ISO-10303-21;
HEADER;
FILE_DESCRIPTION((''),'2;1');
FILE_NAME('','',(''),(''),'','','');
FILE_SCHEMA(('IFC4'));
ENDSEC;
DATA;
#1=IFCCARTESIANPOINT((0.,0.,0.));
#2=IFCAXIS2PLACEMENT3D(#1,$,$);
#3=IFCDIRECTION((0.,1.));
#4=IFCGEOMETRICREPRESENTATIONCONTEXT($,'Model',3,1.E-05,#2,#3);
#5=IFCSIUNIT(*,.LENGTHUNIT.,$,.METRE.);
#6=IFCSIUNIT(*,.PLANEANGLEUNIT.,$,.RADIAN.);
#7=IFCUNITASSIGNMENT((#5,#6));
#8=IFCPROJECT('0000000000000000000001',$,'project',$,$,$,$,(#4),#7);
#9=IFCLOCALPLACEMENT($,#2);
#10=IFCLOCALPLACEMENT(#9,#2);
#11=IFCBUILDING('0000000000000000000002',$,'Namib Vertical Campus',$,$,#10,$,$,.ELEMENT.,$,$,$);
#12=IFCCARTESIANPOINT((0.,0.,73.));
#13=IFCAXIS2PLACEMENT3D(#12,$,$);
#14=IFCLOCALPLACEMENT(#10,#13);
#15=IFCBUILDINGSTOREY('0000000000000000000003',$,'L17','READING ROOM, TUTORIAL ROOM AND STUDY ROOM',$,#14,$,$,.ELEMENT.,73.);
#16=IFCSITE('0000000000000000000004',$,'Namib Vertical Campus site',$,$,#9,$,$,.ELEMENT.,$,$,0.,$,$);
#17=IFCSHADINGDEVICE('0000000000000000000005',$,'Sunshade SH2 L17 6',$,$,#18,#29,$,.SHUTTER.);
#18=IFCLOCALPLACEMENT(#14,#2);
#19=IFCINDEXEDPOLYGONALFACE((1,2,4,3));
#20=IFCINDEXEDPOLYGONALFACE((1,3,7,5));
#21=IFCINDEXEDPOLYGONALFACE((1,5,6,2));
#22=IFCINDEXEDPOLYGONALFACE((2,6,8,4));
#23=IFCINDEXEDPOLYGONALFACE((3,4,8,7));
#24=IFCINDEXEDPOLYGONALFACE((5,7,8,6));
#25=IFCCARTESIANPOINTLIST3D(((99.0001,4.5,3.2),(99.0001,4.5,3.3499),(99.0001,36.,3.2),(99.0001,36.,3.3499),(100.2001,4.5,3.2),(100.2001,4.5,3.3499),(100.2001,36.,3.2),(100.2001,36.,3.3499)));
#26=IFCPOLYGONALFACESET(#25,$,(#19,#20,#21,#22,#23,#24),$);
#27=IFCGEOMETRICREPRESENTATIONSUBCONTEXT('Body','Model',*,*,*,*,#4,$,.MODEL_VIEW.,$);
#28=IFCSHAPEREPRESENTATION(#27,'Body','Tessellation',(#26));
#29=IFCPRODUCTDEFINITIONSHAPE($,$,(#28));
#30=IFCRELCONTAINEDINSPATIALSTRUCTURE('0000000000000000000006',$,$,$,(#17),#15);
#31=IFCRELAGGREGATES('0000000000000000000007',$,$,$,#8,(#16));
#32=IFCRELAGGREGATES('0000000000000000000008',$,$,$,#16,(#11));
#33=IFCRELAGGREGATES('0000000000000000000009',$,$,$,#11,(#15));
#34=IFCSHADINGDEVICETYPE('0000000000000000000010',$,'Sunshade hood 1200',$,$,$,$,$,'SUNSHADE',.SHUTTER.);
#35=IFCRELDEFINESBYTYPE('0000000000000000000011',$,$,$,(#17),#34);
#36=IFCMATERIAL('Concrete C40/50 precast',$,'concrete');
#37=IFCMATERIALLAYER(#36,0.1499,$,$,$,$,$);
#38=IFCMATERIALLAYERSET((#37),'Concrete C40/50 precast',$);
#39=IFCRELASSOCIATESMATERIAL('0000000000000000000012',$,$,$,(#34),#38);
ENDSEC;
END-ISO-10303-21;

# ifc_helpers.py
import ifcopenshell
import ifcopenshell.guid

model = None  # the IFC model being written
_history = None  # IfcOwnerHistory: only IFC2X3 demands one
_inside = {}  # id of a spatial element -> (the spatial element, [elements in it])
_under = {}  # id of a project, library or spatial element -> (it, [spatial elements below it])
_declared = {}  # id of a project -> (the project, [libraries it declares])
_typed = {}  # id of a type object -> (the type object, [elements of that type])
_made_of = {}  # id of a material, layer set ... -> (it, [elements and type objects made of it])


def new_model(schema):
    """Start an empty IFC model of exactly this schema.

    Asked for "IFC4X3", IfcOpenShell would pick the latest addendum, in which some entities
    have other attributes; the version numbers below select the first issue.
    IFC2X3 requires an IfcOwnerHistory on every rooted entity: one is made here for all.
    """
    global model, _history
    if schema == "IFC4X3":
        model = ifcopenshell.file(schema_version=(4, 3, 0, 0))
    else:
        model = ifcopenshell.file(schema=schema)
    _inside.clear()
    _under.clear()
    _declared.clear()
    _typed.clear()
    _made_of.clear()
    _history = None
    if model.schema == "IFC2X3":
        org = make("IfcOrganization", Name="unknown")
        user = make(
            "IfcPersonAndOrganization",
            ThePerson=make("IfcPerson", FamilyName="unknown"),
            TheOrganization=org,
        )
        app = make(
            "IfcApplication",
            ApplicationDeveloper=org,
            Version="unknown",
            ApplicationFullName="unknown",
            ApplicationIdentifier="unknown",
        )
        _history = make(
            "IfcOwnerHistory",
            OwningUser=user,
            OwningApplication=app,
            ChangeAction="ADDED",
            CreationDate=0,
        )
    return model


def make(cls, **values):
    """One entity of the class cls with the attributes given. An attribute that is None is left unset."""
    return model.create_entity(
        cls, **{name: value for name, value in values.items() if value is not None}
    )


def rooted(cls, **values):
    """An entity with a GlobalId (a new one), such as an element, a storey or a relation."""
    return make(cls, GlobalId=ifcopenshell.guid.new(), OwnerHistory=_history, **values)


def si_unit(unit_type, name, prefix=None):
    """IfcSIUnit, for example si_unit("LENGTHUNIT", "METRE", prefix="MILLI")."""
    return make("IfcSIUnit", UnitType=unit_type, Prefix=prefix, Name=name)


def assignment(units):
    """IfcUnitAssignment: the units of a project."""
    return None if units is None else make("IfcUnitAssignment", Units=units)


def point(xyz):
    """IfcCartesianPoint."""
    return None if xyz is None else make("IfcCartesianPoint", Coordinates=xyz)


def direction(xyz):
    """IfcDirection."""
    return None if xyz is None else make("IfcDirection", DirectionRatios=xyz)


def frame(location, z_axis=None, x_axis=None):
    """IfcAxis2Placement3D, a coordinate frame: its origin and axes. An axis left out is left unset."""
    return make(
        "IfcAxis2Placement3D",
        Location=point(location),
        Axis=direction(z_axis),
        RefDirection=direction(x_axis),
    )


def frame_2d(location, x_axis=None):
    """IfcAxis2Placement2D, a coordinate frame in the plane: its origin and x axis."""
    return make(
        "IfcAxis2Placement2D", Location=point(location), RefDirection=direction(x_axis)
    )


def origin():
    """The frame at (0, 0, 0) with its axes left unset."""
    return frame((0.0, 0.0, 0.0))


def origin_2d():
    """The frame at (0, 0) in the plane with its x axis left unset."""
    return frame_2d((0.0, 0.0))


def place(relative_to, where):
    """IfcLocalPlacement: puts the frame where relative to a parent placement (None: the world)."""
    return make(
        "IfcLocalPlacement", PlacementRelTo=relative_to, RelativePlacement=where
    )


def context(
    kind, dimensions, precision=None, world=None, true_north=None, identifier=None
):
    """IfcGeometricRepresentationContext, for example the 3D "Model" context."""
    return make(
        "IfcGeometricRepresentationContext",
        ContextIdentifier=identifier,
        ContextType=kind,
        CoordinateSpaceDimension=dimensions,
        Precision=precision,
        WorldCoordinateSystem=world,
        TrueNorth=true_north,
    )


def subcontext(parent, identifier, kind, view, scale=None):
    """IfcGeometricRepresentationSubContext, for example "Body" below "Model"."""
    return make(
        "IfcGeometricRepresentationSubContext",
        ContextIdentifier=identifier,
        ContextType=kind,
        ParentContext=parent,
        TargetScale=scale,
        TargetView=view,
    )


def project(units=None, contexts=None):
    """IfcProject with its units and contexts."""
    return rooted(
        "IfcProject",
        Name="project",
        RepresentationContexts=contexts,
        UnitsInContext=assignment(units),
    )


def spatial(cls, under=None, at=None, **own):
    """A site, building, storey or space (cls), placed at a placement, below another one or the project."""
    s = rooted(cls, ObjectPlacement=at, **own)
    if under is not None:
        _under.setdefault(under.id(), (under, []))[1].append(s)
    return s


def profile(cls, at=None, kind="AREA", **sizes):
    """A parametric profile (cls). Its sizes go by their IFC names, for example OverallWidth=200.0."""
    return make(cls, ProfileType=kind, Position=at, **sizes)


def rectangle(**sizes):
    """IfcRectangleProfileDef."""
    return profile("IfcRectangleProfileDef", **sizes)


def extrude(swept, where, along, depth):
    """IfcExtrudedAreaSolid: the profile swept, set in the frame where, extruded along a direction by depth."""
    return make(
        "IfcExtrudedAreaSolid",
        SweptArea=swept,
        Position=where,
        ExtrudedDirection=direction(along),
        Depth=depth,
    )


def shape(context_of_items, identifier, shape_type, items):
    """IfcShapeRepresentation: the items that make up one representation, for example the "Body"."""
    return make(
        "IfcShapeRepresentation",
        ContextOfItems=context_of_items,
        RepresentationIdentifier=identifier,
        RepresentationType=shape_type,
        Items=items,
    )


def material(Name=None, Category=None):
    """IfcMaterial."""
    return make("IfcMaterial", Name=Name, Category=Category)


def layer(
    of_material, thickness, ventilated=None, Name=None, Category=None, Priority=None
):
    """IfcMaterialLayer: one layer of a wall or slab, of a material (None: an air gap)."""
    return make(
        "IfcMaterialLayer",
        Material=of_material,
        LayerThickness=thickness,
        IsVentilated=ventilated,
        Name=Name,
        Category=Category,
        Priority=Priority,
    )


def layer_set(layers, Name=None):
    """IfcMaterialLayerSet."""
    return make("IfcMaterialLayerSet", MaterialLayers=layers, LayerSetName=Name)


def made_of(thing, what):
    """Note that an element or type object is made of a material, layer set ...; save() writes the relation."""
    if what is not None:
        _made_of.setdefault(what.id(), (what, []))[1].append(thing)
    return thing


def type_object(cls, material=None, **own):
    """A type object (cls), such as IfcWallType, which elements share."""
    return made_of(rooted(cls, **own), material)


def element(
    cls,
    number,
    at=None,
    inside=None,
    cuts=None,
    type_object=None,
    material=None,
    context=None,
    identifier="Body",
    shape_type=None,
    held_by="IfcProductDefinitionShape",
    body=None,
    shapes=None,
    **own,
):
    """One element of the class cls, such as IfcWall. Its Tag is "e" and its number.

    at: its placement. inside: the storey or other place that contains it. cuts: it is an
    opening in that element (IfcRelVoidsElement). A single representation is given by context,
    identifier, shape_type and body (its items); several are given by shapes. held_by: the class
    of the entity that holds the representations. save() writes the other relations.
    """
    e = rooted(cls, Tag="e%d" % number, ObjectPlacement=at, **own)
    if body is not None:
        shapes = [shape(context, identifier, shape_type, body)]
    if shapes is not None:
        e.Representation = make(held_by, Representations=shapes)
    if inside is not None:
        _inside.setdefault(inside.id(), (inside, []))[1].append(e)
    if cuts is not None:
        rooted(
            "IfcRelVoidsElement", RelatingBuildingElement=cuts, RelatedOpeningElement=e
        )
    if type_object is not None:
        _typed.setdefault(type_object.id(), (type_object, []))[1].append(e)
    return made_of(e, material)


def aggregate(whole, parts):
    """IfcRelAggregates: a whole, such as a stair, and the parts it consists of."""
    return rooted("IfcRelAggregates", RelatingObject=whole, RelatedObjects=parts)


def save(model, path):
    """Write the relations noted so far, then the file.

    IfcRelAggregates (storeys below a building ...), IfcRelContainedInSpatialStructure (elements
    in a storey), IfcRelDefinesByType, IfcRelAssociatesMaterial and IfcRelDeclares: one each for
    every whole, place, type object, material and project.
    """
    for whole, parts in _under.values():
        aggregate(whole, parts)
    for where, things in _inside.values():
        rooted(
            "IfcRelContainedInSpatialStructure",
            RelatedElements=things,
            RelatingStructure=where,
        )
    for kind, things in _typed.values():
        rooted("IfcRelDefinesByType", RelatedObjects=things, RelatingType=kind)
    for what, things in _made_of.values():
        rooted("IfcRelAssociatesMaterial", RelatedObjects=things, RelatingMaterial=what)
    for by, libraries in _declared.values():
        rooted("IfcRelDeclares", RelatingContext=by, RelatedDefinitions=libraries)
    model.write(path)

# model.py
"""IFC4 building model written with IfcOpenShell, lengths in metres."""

from ifc_helpers import new_model, si_unit, direction, frame, origin, origin_2d, place, context, subcontext, project, spatial, rectangle, extrude, material, layer, layer_set, type_object, element, save


model = new_model("IFC4")

# Units and contexts
model_context = context("Model", 3, precision=1e-05, world=origin(), true_north=direction((0.0, 1.0)))
body_context = subcontext(model_context, "Body", "Model", "MODEL_VIEW")
ifc_project = project(units=[si_unit("LENGTHUNIT", "METRE"), si_unit("PLANEANGLEUNIT", "RADIAN")], contexts=[model_context])

# Site, building, storey
site_placement = place(None, origin())
site = spatial("IfcSite", under=ifc_project, at=site_placement, Name="Namib Vertical Campus site", CompositionType="ELEMENT", RefElevation=0.0)
building_placement = place(site_placement, origin())
building = spatial("IfcBuilding", under=site, at=building_placement, Name="Namib Vertical Campus", CompositionType="ELEMENT")
storey_placement = place(building_placement, frame((0.0, 0.0, 73.0)))
storey = spatial("IfcBuildingStorey", under=building, at=storey_placement, Name="L17", Description="READING ROOM, TUTORIAL ROOM AND STUDY ROOM", CompositionType="ELEMENT", Elevation=73.0)

# Shading device
ifc_material_1 = material(Name="Concrete C40/50 precast", Category="concrete")
ifc_layer_1 = layer(ifc_material_1, 0.1499)
ifc_layer_set_1 = layer_set([ifc_layer_1], Name="Concrete C40/50 precast")
shading_device_type = type_object("IfcShadingDeviceType", Name="Sunshade hood 1200", ElementType="SUNSHADE", PredefinedType="SHUTTER", material=ifc_layer_set_1)
shading_device_placement = place(storey_placement, frame((99.6001, 20.25, 3.2), z_axis=(0.0, 0.0, 1.0), x_axis=(0.0, 1.0, 0.0)))
element("IfcShadingDevice", 1, at=shading_device_placement, inside=storey, type_object=shading_device_type, Name="Sunshade SH2 L17 6", PredefinedType="SHUTTER", context=body_context, shape_type="SweptSolid", body=[
    extrude(rectangle(XDim=31.5, YDim=1.2, at=origin_2d()), origin(), (0.0, 0.0, 1.0), 0.1499),
])

save(model, "model.ifc")
